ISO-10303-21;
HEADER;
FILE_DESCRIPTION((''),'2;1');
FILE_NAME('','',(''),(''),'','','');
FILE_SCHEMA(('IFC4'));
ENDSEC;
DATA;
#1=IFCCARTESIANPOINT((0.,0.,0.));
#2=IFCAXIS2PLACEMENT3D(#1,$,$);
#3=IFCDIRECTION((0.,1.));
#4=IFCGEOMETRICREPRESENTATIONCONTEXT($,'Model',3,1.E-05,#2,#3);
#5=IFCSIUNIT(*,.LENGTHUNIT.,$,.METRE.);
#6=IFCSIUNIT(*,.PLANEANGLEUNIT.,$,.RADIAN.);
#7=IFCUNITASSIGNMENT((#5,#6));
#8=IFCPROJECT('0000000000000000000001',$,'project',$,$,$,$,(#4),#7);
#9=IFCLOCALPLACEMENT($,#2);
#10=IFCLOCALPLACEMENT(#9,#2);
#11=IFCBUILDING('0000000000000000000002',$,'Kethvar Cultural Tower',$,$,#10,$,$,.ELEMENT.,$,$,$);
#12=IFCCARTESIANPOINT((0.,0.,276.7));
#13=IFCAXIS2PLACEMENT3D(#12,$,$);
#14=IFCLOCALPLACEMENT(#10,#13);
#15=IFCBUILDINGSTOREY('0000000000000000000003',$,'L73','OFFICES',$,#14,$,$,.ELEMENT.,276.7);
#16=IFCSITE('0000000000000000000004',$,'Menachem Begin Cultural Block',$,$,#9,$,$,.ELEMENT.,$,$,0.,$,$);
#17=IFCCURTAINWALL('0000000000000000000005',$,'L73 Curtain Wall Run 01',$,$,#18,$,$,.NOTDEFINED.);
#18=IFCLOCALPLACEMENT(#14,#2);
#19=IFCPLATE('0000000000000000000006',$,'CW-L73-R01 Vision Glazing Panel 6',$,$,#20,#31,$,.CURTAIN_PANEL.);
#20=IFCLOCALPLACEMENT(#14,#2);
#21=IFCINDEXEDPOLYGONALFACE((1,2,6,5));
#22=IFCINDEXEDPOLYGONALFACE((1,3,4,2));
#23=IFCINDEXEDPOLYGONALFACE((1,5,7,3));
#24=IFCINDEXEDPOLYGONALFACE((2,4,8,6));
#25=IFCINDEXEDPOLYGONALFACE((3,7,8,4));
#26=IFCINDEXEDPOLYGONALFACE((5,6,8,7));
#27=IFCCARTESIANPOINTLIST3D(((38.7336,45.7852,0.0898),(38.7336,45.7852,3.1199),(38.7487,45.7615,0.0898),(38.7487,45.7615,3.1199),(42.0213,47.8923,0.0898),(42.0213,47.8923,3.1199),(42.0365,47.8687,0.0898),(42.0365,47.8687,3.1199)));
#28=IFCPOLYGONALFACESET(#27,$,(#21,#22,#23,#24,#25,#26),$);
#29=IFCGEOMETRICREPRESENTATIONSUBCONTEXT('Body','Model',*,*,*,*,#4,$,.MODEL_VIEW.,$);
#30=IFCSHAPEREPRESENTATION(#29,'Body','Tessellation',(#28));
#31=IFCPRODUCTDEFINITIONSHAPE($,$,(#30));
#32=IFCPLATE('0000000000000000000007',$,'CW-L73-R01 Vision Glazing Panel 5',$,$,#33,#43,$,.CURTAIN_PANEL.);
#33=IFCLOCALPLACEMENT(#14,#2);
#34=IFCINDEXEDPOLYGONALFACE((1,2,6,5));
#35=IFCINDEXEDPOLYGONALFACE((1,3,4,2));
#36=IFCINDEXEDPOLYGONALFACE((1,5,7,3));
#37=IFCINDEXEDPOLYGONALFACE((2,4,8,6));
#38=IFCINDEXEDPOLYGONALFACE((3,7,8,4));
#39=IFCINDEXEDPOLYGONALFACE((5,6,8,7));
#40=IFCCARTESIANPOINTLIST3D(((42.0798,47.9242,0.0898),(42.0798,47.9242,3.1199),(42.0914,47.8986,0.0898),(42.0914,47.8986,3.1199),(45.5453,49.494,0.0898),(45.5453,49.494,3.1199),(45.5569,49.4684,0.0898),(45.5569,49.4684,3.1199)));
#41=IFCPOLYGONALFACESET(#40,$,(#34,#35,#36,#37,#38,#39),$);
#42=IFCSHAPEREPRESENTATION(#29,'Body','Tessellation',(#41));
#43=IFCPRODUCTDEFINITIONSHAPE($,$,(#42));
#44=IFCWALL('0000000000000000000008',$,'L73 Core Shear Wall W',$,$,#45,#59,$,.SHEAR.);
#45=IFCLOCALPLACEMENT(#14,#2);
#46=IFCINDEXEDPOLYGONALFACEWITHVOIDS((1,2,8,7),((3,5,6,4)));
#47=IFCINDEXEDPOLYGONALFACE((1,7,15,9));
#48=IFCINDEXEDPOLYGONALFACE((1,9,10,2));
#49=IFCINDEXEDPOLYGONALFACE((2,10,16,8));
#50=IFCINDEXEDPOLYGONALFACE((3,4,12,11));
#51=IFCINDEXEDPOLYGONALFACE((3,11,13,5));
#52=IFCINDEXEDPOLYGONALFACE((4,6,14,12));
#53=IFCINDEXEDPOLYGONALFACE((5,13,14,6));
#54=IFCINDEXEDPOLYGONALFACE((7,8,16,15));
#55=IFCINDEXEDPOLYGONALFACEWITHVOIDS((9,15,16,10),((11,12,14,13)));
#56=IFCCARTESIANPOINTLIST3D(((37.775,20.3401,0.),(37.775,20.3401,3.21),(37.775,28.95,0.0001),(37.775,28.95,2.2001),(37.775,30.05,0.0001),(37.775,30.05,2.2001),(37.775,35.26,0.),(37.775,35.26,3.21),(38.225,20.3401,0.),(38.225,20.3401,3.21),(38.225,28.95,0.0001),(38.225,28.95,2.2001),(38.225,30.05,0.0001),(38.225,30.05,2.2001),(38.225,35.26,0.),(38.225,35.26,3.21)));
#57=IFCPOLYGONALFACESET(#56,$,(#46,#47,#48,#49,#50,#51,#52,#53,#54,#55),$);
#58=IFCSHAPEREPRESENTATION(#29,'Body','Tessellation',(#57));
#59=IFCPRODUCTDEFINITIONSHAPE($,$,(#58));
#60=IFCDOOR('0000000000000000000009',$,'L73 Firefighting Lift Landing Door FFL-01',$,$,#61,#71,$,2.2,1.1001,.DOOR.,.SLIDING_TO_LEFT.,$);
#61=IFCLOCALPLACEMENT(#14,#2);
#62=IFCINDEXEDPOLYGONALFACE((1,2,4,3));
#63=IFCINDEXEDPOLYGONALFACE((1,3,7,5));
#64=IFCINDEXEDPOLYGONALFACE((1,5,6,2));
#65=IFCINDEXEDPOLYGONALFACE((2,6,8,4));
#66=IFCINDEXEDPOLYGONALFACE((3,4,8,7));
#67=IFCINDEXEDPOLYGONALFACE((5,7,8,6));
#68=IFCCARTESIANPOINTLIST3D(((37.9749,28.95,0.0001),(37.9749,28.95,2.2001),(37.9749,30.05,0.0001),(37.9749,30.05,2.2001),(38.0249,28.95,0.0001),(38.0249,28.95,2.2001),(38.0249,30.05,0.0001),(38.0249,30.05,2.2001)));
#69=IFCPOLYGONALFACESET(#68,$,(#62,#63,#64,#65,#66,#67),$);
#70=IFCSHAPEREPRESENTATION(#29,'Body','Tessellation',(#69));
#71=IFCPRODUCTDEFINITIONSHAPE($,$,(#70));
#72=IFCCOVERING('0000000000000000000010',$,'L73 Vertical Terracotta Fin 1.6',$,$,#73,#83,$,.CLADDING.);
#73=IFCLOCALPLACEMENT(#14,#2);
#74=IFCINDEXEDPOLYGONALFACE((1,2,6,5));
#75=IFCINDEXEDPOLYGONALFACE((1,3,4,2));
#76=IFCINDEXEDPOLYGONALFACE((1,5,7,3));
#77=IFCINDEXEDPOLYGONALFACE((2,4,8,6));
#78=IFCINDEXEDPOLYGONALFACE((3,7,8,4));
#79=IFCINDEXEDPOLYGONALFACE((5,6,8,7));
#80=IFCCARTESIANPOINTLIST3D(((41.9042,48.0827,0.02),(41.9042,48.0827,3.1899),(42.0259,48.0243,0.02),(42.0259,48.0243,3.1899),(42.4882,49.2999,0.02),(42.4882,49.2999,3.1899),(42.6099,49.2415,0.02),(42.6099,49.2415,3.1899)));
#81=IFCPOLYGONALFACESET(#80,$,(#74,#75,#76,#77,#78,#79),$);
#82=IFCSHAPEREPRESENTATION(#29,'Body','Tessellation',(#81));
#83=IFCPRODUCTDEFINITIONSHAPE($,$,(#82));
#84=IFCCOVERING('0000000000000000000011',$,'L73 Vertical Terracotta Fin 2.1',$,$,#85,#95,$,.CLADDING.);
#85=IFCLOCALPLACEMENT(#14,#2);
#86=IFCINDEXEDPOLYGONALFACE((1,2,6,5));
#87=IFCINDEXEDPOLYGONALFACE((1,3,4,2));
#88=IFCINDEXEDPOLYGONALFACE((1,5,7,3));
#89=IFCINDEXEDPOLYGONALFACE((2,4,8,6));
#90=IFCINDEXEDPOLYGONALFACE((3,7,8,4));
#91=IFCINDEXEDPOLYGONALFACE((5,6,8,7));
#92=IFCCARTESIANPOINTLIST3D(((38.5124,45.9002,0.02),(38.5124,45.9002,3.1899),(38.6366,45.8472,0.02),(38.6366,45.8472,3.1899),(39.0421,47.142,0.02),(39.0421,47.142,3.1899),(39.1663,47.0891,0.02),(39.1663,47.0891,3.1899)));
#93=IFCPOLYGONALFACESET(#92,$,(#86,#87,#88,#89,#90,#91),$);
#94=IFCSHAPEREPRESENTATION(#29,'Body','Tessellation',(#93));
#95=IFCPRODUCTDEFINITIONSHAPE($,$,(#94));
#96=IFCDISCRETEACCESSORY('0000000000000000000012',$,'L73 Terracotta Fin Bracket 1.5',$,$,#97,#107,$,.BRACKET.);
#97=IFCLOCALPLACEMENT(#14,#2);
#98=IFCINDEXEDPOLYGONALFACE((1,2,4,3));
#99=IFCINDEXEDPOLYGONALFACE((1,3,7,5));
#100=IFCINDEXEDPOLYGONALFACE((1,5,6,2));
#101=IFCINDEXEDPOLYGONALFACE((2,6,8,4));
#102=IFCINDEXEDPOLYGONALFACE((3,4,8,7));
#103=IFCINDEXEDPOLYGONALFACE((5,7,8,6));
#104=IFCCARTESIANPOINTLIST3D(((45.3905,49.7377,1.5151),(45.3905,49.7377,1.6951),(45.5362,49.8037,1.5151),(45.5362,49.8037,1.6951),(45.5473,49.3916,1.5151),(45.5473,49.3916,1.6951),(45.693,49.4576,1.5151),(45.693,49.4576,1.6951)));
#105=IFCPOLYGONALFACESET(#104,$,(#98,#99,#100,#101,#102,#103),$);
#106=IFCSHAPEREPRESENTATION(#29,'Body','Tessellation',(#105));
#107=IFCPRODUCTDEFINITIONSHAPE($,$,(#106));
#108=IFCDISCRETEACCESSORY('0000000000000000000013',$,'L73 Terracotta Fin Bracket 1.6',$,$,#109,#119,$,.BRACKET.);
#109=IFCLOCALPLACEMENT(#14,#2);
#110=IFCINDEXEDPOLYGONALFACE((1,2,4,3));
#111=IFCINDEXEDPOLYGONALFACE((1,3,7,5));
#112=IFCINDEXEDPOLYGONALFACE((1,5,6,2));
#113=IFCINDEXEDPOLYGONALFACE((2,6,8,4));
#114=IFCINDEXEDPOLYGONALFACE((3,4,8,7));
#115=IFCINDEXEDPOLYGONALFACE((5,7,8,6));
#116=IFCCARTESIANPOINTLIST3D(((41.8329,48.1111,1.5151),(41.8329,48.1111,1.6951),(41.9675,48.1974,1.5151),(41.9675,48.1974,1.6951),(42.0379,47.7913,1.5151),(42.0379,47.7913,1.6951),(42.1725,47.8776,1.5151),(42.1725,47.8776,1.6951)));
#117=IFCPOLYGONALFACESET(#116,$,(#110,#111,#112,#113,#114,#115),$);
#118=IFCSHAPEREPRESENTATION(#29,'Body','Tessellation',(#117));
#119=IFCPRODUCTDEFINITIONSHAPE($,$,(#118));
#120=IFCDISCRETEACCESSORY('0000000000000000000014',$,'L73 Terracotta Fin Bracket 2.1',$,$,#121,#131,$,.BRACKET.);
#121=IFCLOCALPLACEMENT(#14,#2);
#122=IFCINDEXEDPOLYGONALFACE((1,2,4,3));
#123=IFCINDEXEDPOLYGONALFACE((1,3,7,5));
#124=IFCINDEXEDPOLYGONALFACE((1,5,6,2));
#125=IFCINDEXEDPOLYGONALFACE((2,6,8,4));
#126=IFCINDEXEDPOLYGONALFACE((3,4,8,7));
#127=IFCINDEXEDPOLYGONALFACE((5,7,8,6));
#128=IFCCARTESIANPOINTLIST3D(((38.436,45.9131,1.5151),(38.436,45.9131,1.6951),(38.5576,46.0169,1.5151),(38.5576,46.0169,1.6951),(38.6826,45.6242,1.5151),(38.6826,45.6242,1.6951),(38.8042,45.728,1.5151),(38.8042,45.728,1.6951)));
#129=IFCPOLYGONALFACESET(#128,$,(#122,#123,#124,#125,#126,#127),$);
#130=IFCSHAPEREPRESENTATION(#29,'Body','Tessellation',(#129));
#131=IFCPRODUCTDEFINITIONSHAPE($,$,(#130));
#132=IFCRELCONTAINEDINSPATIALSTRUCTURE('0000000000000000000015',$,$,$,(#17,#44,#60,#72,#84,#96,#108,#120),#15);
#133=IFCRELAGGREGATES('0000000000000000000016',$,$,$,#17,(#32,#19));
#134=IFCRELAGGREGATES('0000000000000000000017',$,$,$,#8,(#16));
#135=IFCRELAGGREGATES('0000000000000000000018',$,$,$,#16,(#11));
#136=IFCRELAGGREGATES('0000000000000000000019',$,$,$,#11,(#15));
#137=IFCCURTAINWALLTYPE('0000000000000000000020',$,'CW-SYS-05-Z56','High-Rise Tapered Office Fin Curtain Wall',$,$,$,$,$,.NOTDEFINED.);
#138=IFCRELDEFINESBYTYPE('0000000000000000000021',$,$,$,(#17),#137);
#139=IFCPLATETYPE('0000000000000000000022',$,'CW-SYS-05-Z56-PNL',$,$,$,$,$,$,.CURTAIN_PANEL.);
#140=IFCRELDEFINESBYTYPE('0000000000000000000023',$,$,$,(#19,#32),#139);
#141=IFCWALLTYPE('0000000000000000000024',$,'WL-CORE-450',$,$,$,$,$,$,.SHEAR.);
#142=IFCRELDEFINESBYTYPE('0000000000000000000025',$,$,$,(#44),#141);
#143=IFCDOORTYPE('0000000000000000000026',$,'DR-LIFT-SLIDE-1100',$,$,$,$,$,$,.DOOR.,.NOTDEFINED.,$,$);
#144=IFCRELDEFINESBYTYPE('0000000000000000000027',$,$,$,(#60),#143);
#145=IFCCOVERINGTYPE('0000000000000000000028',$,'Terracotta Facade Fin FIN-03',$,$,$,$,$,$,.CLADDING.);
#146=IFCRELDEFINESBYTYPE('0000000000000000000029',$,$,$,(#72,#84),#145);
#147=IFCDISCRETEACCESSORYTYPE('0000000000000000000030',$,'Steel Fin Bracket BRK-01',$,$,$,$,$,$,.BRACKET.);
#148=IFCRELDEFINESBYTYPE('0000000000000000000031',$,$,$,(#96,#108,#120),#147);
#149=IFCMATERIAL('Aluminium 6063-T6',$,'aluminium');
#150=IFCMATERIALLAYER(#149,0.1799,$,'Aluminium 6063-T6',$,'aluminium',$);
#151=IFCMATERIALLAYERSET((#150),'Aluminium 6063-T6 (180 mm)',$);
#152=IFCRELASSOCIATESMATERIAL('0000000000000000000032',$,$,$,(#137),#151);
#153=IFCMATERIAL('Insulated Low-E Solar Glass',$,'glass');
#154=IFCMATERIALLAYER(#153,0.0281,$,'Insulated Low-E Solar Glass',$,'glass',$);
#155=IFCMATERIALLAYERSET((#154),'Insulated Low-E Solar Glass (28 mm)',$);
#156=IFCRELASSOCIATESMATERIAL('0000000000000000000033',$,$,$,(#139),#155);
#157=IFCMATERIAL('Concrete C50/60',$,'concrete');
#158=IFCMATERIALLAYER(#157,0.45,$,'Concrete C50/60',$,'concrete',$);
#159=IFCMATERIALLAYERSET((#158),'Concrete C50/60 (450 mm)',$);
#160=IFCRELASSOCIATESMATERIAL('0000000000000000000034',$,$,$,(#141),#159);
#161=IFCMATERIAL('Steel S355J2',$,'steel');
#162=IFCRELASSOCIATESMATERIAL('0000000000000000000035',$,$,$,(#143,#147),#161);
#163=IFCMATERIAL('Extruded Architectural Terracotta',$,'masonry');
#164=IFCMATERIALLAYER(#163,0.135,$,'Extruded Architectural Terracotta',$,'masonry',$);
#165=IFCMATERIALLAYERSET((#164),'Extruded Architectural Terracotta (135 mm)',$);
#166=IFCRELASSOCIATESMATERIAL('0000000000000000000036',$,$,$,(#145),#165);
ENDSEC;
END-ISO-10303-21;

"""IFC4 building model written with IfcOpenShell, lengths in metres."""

from ifc_helpers import new_model, si_unit, direction, frame, frame_2d, origin, origin_2d, place, context, subcontext, project, spatial, rectangle, extrude, source, transform, mapped, material, layer, layer_set, type_object, element, fill, aggregate, save


model = new_model("IFC4")

# Units and contexts
model_context = context("Model", 3, precision=1e-05, world=origin(), true_north=direction((0.0, 1.0)))
body_context = subcontext(model_context, "Body", "Model", "MODEL_VIEW")
ifc_project = project(units=[si_unit("LENGTHUNIT", "METRE"), si_unit("PLANEANGLEUNIT", "RADIAN")], contexts=[model_context])

# Site, building, storey
site_placement = place(None, origin())
site = spatial("IfcSite", under=ifc_project, at=site_placement, Name="Menachem Begin Cultural Block", CompositionType="ELEMENT", RefElevation=0.0)
building_placement = place(site_placement, origin())
building = spatial("IfcBuilding", under=site, at=building_placement, Name="Kethvar Cultural Tower", CompositionType="ELEMENT")
storey_placement = place(building_placement, frame((0.0, 0.0, 276.7)))
storey = spatial("IfcBuildingStorey", under=building, at=storey_placement, Name="L73", Description="OFFICES", CompositionType="ELEMENT", Elevation=276.7)

# Shared definitions
ifc_material_1 = material(Name="Steel S355J2", Category="steel")

# Curtain wall
ifc_material_2 = material(Name="Aluminium 6063-T6", Category="aluminium")
ifc_layer_1 = layer(ifc_material_2, 0.1799, Name="Aluminium 6063-T6", Category="aluminium")
ifc_layer_set_1 = layer_set([ifc_layer_1], Name="Aluminium 6063-T6 (180 mm)")
curtain_wall_type = type_object("IfcCurtainWallType", Name="CW-SYS-05-Z56", Description="High-Rise Tapered Office Fin Curtain Wall", PredefinedType="NOTDEFINED", material=ifc_layer_set_1)
curtain_wall_1_placement = place(storey_placement, origin())
curtain_wall_1 = element("IfcCurtainWall", 1, at=curtain_wall_1_placement, inside=storey, type_object=curtain_wall_type, Name="L73 Curtain Wall Run 01", PredefinedType="NOTDEFINED")

# Plates
ifc_material_3 = material(Name="Insulated Low-E Solar Glass", Category="glass")
ifc_layer_2 = layer(ifc_material_3, 0.0281, Name="Insulated Low-E Solar Glass", Category="glass")
ifc_layer_set_2 = layer_set([ifc_layer_2], Name="Insulated Low-E Solar Glass (28 mm)")
plate_type = type_object("IfcPlateType", Name="CW-SYS-05-Z56-PNL", PredefinedType="CURTAIN_PANEL", material=ifc_layer_set_2)
shared_shape_1 = source(origin(), body_context, "Body", "SweptSolid", [
    extrude(rectangle(XDim=3.905, YDim=0.0281, at=origin_2d()), origin(), (0.0, 0.0, 1.0), 3.03),
])
plate_1_placement = place(storey_placement, frame((40.385, 46.8269, 0.0898), z_axis=(0.0, 0.0, 1.0), x_axis=(-0.841925, -0.539594, 0.0)))
plate_1 = element("IfcPlate", 2, at=plate_1_placement, type_object=plate_type, Name="CW-L73-R01 Vision Glazing Panel 6", PredefinedType="CURTAIN_PANEL", context=body_context, shape_type="MappedRepresentation", body=[
    mapped(shared_shape_1, transform((0.0, 0.0, 0.0), scale=1.0)),
])
shared_shape_2 = source(origin(), body_context, "Body", "SweptSolid", [
    extrude(rectangle(XDim=3.8044, YDim=0.0281, at=origin_2d()), origin(), (0.0, 0.0, 1.0), 3.03),
])
plate_2_placement = place(storey_placement, frame((43.8184, 48.6963, 0.0898), z_axis=(0.0, 0.0, 1.0), x_axis=(-0.910907, -0.412612, 0.0)))
plate_2 = element("IfcPlate", 3, at=plate_2_placement, type_object=plate_type, Name="CW-L73-R01 Vision Glazing Panel 5", PredefinedType="CURTAIN_PANEL", context=body_context, shape_type="MappedRepresentation", body=[
    mapped(shared_shape_2, transform((0.0, 0.0, 0.0), scale=1.0)),
])
aggregate(curtain_wall_1, [plate_2, plate_1])

# Wall, opening, door
ifc_material_4 = material(Name="Concrete C50/60", Category="concrete")
ifc_layer_3 = layer(ifc_material_4, 0.45, Name="Concrete C50/60", Category="concrete")
ifc_layer_set_3 = layer_set([ifc_layer_3], Name="Concrete C50/60 (450 mm)")
wall_type = type_object("IfcWallType", Name="WL-CORE-450", PredefinedType="SHEAR", material=ifc_layer_set_3)
wall_placement = place(storey_placement, frame((38.0, 35.26, 0.0), z_axis=(0.0, 0.0, 1.0), x_axis=(0.0, -1.0, 0.0)))
wall = element("IfcWall", 4, at=wall_placement, inside=storey, type_object=wall_type, Name="L73 Core Shear Wall W", PredefinedType="SHEAR", context=body_context, shape_type="SweptSolid", body=[
    extrude(rectangle(XDim=14.9199, YDim=0.45, at=frame_2d((7.46, 0.0))), origin(), (0.0, 0.0, 1.0), 3.21),
])
opening_placement = place(wall_placement, frame((5.21, 0.0, 0.0)))
opening = element("IfcOpeningElement", 5, at=opening_placement, cuts=wall, PredefinedType="OPENING", context=body_context, shape_type="SweptSolid", body=[
    extrude(rectangle(XDim=1.1001, YDim=2.2, at=frame_2d((0.55, 1.1001))), frame((0.0, 0.2349, 0.0), z_axis=(0.0, -1.0, 0.0), x_axis=(1.0, 0.0, 0.0)), (0.0, 0.0, 1.0), 0.47),
])
door_type = type_object("IfcDoorType", Name="DR-LIFT-SLIDE-1100", OperationType="NOTDEFINED", PredefinedType="DOOR", material=ifc_material_1)
shared_shape_3 = source(origin(), body_context, "Body", "SweptSolid", [
    extrude(rectangle(XDim=1.1001, YDim=2.2, at=frame_2d((0.55, 1.1001))), frame((0.0, 0.0249, 0.0), z_axis=(0.0, -1.0, 0.0), x_axis=(1.0, 0.0, 0.0)), (0.0, 0.0, 1.0), 0.05),
])
door_placement = place(opening_placement, origin())
door = element("IfcDoor", 6, at=door_placement, inside=storey, type_object=door_type, Name="L73 Firefighting Lift Landing Door FFL-01", OperationType="SLIDING_TO_LEFT", OverallHeight=2.2, OverallWidth=1.1001, PredefinedType="DOOR", context=body_context, shape_type="MappedRepresentation", body=[
    mapped(shared_shape_3, transform((0.0, 0.0, 0.0), scale=1.0)),
])
fill(opening, door)

# Coverings
ifc_material_5 = material(Name="Extruded Architectural Terracotta", Category="masonry")
ifc_layer_4 = layer(ifc_material_5, 0.135, Name="Extruded Architectural Terracotta", Category="masonry")
ifc_layer_set_4 = layer_set([ifc_layer_4], Name="Extruded Architectural Terracotta (135 mm)")
covering_type = type_object("IfcCoveringType", Name="Terracotta Facade Fin FIN-03", PredefinedType="CLADDING", material=ifc_layer_set_4)
shared_shape_4 = source(origin(), body_context, "Body", "SweptSolid", [
    extrude(rectangle(XDim=1.3501, YDim=0.135, at=origin_2d()), origin(), (0.0, 0.0, 1.0), 3.1699),
])
for number, where, z_axis, x_axis, name in (
    (7, (42.2571, 48.6621, 0.02), (0.0, 0.0, 1.0), (0.432558, 0.901606, 0.0), "L73 Vertical Terracotta Fin 1.6"),
    (8, (38.8394, 46.4946, 0.02), (0.0, 0.0, 1.0), (0.392337, 0.919821, 0.0), "L73 Vertical Terracotta Fin 2.1"),
):
    element("IfcCovering", number, at=place(storey_placement, frame(where, z_axis=z_axis, x_axis=x_axis)), inside=storey, type_object=covering_type, Name=name, PredefinedType="CLADDING", context=body_context, shape_type="MappedRepresentation", body=[
        mapped(shared_shape_4, transform((0.0, 0.0, 0.0), scale=1.0)),
    ])

# Discrete accessories
discrete_accessory_type = type_object("IfcDiscreteAccessoryType", Name="Steel Fin Bracket BRK-01", PredefinedType="BRACKET", material=ifc_material_1)
shared_shape_5 = source(origin(), body_context, "Body", "SweptSolid", [
    extrude(rectangle(XDim=0.3799, YDim=0.1599, at=origin_2d()), origin(), (0.0, 0.0, 1.0), 0.1799),
])
for number, where, z_axis, x_axis, name in (
    (9, (45.5417, 49.5977, 1.5151), (0.0, 0.0, 1.0), (-0.412628, 0.9109, 0.0), "L73 Terracotta Fin Bracket 1.5"),
    (10, (42.0027, 47.9944, 1.5151), (0.0, 0.0, 1.0), (-0.539653, 0.841888, 0.0), "L73 Terracotta Fin Bracket 1.6"),
    (11, (38.6201, 45.8206, 1.5151), (0.0, 0.0, 1.0), (-0.649183, 0.760633, 0.0), "L73 Terracotta Fin Bracket 2.1"),
):
    element("IfcDiscreteAccessory", number, at=place(storey_placement, frame(where, z_axis=z_axis, x_axis=x_axis)), inside=storey, type_object=discrete_accessory_type, Name=name, PredefinedType="BRACKET", context=body_context, shape_type="MappedRepresentation", body=[
        mapped(shared_shape_5, transform((0.0, 0.0, 0.0), scale=1.0)),
    ])

save(model, "model.ifc")
